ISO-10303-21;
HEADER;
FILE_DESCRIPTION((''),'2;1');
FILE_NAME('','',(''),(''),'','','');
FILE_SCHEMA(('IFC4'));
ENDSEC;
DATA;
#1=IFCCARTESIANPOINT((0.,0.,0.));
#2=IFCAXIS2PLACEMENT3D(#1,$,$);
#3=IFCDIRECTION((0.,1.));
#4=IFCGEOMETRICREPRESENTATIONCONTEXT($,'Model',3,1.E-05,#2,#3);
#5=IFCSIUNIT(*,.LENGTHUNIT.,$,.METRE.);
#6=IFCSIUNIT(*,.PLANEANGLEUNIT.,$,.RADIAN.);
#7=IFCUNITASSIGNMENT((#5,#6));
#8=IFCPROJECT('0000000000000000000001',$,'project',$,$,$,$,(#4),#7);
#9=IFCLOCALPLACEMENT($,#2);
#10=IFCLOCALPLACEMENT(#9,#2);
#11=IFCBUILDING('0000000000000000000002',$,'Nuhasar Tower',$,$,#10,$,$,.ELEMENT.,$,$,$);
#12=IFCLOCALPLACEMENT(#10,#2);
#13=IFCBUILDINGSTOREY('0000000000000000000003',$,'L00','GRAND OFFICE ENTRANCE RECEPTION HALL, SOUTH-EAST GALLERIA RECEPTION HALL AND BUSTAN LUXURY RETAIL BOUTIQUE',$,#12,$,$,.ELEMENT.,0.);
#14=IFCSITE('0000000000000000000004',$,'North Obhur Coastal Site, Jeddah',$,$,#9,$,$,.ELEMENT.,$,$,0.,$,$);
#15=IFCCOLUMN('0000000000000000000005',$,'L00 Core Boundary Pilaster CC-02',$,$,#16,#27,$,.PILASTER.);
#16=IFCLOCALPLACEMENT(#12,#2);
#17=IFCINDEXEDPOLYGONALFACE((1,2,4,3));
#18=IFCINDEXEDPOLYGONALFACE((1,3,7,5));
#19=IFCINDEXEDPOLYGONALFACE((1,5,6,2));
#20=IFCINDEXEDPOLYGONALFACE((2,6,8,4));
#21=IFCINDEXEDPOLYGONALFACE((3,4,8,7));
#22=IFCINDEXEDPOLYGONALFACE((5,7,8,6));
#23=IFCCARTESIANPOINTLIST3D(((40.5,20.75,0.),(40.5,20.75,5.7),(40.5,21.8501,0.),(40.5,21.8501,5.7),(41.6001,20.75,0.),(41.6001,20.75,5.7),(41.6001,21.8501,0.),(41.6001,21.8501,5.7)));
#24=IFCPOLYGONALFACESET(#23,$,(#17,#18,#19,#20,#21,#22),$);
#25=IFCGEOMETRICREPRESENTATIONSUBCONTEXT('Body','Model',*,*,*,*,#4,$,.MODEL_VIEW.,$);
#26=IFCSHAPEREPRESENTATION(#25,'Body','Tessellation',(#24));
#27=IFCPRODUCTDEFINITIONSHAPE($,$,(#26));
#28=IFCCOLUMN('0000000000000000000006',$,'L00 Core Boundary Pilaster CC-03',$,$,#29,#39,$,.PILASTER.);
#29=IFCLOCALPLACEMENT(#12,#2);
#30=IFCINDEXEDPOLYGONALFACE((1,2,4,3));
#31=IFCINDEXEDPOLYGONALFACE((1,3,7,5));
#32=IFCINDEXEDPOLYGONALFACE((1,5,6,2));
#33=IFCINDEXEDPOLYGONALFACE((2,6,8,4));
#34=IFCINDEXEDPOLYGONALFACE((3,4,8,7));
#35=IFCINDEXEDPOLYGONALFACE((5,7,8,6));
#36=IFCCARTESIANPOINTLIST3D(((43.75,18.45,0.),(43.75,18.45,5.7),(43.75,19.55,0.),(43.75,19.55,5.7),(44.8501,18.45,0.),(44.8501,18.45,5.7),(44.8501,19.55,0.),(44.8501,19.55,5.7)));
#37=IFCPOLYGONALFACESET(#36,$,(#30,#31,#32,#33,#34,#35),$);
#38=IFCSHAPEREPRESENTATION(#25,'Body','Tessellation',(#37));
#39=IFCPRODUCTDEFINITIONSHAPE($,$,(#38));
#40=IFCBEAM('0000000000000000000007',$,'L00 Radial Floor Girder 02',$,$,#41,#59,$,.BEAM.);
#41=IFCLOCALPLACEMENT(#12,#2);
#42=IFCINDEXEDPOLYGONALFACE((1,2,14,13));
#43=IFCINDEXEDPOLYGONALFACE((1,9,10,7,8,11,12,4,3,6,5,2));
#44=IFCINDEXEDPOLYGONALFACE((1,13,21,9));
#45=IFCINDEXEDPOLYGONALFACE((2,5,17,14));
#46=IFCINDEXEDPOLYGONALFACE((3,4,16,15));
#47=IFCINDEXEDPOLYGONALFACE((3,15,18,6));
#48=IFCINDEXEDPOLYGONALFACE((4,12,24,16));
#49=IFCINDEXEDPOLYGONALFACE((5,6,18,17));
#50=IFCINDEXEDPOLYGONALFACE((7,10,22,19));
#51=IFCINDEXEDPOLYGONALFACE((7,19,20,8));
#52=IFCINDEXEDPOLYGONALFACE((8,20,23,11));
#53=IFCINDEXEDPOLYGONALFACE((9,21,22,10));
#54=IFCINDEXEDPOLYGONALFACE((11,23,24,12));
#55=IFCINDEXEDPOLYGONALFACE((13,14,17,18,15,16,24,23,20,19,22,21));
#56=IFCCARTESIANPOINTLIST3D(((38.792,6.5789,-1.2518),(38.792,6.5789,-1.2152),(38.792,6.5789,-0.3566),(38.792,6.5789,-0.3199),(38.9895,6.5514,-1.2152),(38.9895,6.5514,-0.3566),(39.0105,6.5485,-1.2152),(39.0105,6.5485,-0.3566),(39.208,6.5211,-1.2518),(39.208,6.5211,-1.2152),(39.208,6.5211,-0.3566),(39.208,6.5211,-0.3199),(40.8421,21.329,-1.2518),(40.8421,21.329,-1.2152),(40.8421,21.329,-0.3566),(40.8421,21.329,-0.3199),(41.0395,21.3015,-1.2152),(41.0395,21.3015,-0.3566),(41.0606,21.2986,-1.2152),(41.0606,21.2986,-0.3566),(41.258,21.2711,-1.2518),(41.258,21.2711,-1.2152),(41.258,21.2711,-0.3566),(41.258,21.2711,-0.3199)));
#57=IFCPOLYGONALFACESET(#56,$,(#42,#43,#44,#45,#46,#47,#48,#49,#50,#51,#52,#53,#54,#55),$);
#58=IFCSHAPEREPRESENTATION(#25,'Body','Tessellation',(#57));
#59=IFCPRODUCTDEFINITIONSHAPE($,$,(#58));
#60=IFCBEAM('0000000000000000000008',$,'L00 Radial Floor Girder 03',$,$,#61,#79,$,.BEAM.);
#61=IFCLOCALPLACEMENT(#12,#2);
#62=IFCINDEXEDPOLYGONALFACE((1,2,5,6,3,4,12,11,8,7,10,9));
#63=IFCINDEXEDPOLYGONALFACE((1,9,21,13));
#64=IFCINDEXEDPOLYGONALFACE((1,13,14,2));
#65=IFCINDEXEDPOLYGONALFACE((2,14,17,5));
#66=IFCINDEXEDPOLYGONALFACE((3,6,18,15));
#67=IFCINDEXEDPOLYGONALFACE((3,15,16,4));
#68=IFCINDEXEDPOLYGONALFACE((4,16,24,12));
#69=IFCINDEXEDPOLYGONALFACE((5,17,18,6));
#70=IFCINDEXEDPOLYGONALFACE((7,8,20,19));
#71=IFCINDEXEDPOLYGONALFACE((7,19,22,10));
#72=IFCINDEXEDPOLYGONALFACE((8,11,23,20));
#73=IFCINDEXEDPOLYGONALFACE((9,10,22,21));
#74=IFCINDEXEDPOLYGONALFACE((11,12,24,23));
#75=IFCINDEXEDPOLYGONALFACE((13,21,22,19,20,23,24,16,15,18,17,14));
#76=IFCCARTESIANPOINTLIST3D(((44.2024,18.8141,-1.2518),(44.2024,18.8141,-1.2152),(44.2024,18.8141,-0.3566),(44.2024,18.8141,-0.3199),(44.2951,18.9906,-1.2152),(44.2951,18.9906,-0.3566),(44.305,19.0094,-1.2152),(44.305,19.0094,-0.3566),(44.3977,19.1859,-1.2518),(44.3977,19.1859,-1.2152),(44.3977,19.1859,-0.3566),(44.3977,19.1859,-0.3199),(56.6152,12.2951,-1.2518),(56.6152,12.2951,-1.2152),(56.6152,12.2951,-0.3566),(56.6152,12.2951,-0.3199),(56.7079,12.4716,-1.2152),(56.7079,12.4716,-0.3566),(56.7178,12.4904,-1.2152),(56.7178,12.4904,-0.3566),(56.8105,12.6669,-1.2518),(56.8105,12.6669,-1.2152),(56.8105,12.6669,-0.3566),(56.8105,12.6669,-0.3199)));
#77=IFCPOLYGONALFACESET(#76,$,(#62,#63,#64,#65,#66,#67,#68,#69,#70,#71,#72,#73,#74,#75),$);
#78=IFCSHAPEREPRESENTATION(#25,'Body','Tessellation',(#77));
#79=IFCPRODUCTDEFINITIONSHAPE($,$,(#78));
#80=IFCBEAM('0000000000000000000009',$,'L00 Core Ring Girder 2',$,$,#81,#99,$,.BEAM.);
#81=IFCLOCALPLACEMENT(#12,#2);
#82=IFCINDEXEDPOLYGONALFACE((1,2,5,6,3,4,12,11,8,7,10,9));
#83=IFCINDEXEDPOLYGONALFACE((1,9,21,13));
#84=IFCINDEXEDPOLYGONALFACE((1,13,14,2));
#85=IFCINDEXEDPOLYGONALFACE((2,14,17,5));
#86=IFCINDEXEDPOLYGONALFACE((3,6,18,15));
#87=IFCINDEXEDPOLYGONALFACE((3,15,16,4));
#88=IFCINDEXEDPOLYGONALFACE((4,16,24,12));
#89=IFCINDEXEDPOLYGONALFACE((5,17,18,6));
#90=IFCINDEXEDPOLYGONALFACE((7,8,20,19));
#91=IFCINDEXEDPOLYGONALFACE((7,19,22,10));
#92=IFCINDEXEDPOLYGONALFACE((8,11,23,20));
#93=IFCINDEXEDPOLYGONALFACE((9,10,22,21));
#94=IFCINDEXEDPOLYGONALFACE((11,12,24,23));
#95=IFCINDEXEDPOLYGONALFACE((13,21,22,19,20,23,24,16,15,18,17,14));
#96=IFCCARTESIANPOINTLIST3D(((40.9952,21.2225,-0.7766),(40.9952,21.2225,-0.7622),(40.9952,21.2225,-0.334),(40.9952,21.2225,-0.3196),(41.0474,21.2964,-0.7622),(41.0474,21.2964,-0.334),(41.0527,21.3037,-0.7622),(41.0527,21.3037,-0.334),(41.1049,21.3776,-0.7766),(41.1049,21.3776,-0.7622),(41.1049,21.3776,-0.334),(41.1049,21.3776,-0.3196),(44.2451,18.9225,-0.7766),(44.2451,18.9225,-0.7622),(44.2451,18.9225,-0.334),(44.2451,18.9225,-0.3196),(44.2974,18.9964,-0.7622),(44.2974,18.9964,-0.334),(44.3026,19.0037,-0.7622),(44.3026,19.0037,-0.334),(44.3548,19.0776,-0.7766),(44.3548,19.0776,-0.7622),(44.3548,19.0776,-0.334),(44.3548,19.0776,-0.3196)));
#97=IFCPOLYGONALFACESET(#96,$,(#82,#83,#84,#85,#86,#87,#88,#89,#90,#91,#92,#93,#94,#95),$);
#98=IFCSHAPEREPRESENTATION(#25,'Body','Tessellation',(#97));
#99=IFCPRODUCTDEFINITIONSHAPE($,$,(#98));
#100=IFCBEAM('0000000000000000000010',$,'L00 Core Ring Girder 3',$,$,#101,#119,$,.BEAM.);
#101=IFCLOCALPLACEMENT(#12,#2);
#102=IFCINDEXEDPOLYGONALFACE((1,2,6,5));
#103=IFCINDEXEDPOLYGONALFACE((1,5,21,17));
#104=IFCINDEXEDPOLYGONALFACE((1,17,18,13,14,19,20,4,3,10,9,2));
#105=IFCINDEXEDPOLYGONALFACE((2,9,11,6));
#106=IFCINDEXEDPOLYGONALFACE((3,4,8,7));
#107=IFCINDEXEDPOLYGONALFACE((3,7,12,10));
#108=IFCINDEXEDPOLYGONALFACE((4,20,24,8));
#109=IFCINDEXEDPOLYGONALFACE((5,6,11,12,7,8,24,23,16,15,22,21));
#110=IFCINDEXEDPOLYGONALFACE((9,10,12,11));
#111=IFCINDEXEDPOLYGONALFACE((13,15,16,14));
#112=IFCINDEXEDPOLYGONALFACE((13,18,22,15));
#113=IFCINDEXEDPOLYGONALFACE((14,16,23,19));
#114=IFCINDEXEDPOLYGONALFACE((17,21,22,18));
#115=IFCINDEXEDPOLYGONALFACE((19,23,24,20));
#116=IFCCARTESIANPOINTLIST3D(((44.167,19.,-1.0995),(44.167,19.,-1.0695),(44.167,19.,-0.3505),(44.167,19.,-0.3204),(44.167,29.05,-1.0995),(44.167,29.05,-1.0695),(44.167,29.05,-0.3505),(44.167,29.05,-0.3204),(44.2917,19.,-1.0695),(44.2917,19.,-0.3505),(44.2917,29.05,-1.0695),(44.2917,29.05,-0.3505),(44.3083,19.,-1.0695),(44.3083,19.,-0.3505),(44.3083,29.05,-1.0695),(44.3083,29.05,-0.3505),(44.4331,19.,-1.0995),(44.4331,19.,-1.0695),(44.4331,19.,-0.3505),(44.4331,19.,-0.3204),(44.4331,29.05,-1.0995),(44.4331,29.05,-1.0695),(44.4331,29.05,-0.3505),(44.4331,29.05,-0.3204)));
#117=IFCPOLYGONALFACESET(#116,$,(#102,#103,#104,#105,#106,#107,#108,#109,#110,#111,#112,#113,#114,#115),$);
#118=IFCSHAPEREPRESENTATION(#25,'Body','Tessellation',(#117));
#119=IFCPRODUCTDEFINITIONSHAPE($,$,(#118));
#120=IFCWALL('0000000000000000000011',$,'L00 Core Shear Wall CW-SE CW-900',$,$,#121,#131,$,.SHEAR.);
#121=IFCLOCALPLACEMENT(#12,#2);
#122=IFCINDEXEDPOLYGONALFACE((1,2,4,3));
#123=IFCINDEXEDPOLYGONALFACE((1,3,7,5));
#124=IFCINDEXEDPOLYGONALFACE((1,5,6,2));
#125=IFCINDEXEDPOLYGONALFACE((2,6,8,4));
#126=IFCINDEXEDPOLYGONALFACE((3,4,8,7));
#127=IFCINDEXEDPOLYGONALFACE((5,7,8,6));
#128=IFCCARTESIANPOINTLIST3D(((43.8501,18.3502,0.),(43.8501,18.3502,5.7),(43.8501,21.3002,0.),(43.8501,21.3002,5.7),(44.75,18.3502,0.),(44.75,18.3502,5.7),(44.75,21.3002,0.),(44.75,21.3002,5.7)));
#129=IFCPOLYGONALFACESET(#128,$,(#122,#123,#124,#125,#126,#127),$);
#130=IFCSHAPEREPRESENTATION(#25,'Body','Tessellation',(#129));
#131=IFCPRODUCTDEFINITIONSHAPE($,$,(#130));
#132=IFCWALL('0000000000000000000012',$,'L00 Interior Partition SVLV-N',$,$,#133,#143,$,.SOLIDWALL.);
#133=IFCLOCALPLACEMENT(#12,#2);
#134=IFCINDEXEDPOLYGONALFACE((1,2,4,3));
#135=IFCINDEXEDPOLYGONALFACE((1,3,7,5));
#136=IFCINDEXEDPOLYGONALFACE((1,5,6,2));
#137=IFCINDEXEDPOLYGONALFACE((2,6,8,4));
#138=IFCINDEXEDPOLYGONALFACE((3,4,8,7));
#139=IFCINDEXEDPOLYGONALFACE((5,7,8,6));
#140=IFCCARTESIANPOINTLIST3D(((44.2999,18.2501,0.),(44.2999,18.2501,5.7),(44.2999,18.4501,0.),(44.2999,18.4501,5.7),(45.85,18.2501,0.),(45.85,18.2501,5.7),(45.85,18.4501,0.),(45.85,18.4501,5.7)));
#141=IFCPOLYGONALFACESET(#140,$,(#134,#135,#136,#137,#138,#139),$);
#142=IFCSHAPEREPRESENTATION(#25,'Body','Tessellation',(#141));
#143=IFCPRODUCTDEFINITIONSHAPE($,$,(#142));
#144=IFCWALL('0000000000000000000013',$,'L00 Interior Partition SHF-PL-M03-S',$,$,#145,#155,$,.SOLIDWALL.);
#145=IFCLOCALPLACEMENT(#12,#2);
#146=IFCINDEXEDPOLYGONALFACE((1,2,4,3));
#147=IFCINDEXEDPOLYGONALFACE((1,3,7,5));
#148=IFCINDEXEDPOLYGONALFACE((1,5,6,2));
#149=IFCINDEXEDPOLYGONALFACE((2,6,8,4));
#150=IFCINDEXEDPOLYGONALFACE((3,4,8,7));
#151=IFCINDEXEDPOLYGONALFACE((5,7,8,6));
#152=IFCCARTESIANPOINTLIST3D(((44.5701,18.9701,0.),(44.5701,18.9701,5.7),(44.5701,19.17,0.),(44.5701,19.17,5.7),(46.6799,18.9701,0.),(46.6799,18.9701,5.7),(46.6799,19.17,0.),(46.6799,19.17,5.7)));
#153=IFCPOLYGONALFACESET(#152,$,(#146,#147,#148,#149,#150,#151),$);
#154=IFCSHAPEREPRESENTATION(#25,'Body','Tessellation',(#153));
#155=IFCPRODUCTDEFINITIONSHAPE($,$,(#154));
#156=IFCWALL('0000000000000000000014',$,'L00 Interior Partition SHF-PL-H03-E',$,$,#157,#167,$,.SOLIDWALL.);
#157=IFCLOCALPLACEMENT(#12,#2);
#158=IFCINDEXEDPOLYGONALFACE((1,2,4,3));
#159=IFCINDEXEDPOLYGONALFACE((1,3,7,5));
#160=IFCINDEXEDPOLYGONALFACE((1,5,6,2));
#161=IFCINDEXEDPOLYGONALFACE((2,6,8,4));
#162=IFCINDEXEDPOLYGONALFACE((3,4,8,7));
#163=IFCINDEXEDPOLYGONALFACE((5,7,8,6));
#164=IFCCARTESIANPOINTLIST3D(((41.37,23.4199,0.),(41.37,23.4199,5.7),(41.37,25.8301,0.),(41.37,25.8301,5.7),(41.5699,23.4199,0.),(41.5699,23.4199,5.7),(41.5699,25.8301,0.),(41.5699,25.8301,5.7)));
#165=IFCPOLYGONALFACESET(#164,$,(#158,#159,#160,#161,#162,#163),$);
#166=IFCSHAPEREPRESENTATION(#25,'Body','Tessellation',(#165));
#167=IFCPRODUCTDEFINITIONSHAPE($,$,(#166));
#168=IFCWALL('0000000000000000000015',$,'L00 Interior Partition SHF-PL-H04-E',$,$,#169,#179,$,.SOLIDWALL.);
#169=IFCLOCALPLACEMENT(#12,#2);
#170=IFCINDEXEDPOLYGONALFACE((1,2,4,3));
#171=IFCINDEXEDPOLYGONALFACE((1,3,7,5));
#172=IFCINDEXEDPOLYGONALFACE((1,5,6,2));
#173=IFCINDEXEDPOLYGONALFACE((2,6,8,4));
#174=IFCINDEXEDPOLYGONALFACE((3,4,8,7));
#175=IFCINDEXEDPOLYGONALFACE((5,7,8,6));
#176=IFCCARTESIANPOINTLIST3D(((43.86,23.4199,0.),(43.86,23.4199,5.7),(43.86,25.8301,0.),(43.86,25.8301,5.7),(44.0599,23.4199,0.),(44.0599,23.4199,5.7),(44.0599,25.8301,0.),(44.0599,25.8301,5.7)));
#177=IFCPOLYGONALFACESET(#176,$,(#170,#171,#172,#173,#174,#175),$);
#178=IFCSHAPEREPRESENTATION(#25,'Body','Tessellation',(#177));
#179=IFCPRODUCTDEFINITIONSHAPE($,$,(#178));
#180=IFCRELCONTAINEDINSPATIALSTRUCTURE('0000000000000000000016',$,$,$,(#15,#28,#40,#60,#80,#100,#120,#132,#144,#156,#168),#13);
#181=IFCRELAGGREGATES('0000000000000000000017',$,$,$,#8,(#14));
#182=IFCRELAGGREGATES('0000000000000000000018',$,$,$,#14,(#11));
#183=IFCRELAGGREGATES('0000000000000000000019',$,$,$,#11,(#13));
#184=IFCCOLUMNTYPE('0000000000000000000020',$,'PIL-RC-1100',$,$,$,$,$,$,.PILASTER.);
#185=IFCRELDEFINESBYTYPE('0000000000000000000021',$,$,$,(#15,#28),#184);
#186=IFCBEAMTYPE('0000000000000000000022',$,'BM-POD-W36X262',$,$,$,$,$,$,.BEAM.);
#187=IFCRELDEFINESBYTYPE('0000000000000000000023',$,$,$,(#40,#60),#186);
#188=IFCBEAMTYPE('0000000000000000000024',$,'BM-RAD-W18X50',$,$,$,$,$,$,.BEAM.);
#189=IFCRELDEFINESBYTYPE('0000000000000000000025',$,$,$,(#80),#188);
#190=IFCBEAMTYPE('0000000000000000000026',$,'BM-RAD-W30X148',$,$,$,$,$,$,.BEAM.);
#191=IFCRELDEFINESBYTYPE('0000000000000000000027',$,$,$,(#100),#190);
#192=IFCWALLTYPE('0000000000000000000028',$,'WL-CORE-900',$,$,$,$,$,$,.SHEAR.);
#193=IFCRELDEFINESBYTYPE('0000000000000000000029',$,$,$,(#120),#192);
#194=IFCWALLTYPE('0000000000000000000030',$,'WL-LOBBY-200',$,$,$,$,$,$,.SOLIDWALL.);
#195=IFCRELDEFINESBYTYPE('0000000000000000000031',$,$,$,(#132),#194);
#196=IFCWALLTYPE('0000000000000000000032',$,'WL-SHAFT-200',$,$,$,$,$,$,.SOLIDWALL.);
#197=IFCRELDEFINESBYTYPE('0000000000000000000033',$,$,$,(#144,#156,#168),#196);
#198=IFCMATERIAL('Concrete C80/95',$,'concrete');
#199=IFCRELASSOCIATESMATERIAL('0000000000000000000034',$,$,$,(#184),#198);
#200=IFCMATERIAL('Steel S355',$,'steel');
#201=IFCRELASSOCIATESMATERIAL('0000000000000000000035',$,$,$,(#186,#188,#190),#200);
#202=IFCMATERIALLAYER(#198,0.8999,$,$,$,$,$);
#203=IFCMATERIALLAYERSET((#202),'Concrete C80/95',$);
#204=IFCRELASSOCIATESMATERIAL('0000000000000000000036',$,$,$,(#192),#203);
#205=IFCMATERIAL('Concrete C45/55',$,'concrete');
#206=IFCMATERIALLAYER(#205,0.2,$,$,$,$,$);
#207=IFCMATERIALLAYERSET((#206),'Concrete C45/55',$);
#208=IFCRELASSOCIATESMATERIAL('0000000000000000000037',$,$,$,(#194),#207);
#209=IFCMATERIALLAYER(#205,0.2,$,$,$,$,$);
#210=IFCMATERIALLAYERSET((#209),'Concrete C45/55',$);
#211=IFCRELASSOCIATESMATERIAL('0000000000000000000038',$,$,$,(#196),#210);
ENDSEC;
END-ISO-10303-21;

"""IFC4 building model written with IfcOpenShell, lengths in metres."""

from ifc_helpers import new_model, si_unit, direction, frame, frame_2d, origin, origin_2d, place, context, subcontext, project, spatial, rectangle, i_section, extrude, material, layer, layer_set, material_profile, profile_set, type_object, element, save


model = new_model("IFC4")

# Units and contexts
model_context = context("Model", 3, precision=1e-05, world=origin(), true_north=direction((0.0, 1.0)))
body_context = subcontext(model_context, "Body", "Model", "MODEL_VIEW")
ifc_project = project(units=[si_unit("LENGTHUNIT", "METRE"), si_unit("PLANEANGLEUNIT", "RADIAN")], contexts=[model_context])

# Site, building, storey
site_placement = place(None, origin())
site = spatial("IfcSite", under=ifc_project, at=site_placement, Name="North Obhur Coastal Site, Jeddah", CompositionType="ELEMENT", RefElevation=0.0)
building_placement = place(site_placement, origin())
building = spatial("IfcBuilding", under=site, at=building_placement, Name="Nuhasar Tower", CompositionType="ELEMENT")
storey_placement = place(building_placement, origin())
storey = spatial("IfcBuildingStorey", under=building, at=storey_placement, Name="L00", Description="GRAND OFFICE ENTRANCE RECEPTION HALL, SOUTH-EAST GALLERIA RECEPTION HALL AND BUSTAN LUXURY RETAIL BOUTIQUE", CompositionType="ELEMENT", Elevation=0.0)

# Columns
ifc_material_1 = material(Name="Concrete C80/95", Category="concrete")
ifc_material_profile_1 = material_profile(ifc_material_1, rectangle(XDim=1.1001, YDim=1.1001, at=origin_2d()), Name="RC1100X1100")
ifc_profile_set_1 = profile_set([ifc_material_profile_1], Name="Concrete C80/95")
column_type = type_object("IfcColumnType", Name="PIL-RC-1100", PredefinedType="PILASTER", material=ifc_profile_set_1)
for number, where, z_axis, x_axis, name in (
    (1, (41.05, 21.3, 0.0), (0.0, 0.0, 1.0), (1.0, 0.0, 0.0), "L00 Core Boundary Pilaster CC-02"),
    (2, (44.3, 19.0, 0.0), (0.0, 0.0, 1.0), (1.0, 0.0, 0.0), "L00 Core Boundary Pilaster CC-03"),
):
    element("IfcColumn", number, at=place(storey_placement, frame(where, z_axis=z_axis, x_axis=x_axis)), inside=storey, type_object=column_type, Name=name, PredefinedType="PILASTER", context=body_context, shape_type="SweptSolid", body=[
        extrude(rectangle(XDim=1.1001, YDim=1.1001, at=origin_2d()), origin(), (0.0, 0.0, 1.0), 5.7),
    ])

# Beams
ifc_material_2 = material(Name="Steel S355", Category="steel")
ifc_material_profile_2 = material_profile(ifc_material_2, i_section(OverallWidth=0.4199, OverallDepth=0.9319, WebThickness=0.0212, FlangeThickness=0.0366, at=origin_2d()), Name="W36X262")
ifc_profile_set_2 = profile_set([ifc_material_profile_2], Name="Steel S355")
beam_type_1 = type_object("IfcBeamType", Name="BM-POD-W36X262", PredefinedType="BEAM", material=ifc_profile_set_2)
beam_1_placement = place(storey_placement, frame((41.05, 21.3, -0.7859), z_axis=(-0.137663, -0.990479, 0.0), x_axis=(0.990479, -0.137663, 0.0)))
element("IfcBeam", 3, at=beam_1_placement, inside=storey, type_object=beam_type_1, Name="L00 Radial Floor Girder 02", PredefinedType="BEAM", context=body_context, shape_type="SweptSolid", body=[
    extrude(i_section(OverallWidth=0.4199, OverallDepth=0.9319, WebThickness=0.0212, FlangeThickness=0.0366, at=origin_2d()), origin(), (0.0, 0.0, 1.0), 14.8918),
])
beam_2_placement = place(storey_placement, frame((44.3, 19.0, -0.7859), z_axis=(0.88533, -0.464963, 0.0), x_axis=(0.464963, 0.88533, 0.0)))
element("IfcBeam", 4, at=beam_2_placement, inside=storey, type_object=beam_type_1, Name="L00 Radial Floor Girder 03", PredefinedType="BEAM", context=body_context, shape_type="SweptSolid", body=[
    extrude(i_section(OverallWidth=0.4199, OverallDepth=0.9319, WebThickness=0.0212, FlangeThickness=0.0366, at=origin_2d()), origin(), (0.0, 0.0, 1.0), 14.0205),
])
ifc_material_profile_3 = material_profile(ifc_material_2, i_section(OverallWidth=0.1899, OverallDepth=0.457, WebThickness=0.009, FlangeThickness=0.0144, at=origin_2d()), Name="W18X50")
ifc_profile_set_3 = profile_set([ifc_material_profile_3], Name="Steel S355")
beam_type_2 = type_object("IfcBeamType", Name="BM-RAD-W18X50", PredefinedType="BEAM", material=ifc_profile_set_3)
beam_3_placement = place(storey_placement, frame((41.05, 21.3, -0.5481), z_axis=(0.816265, -0.577677, 0.0), x_axis=(0.577677, 0.816265, 0.0)))
element("IfcBeam", 5, at=beam_3_placement, inside=storey, type_object=beam_type_2, Name="L00 Core Ring Girder 2", PredefinedType="BEAM", context=body_context, shape_type="SweptSolid", body=[
    extrude(i_section(OverallWidth=0.1899, OverallDepth=0.457, WebThickness=0.009, FlangeThickness=0.0144, at=origin_2d()), origin(), (0.0, 0.0, 1.0), 3.9814),
])
ifc_material_profile_4 = material_profile(ifc_material_2, i_section(OverallWidth=0.2661, OverallDepth=0.7791, WebThickness=0.0166, FlangeThickness=0.03, at=origin_2d()), Name="W30X148")
ifc_profile_set_4 = profile_set([ifc_material_profile_4], Name="Steel S355")
beam_type_3 = type_object("IfcBeamType", Name="BM-RAD-W30X148", PredefinedType="BEAM", material=ifc_profile_set_4)
beam_4_placement = place(storey_placement, frame((44.3, 19.0, -0.71), z_axis=(0.0, 1.0, 0.0), x_axis=(-1.0, 0.0, 0.0)))
element("IfcBeam", 6, at=beam_4_placement, inside=storey, type_object=beam_type_3, Name="L00 Core Ring Girder 3", PredefinedType="BEAM", context=body_context, shape_type="SweptSolid", body=[
    extrude(i_section(OverallWidth=0.2661, OverallDepth=0.7791, WebThickness=0.0166, FlangeThickness=0.03, at=origin_2d()), origin(), (0.0, 0.0, 1.0), 10.05),
])

# Wall
ifc_layer_1 = layer(ifc_material_1, 0.8999)
ifc_layer_set_1 = layer_set([ifc_layer_1], Name="Concrete C80/95")
wall_type_1 = type_object("IfcWallType", Name="WL-CORE-900", PredefinedType="SHEAR", material=ifc_layer_set_1)
wall_1_placement = place(storey_placement, frame((44.3, 18.3501, 0.0), z_axis=(0.0, 0.0, 1.0), x_axis=(0.0, 1.0, 0.0)))
element("IfcWall", 7, at=wall_1_placement, inside=storey, type_object=wall_type_1, Name="L00 Core Shear Wall CW-SE CW-900", PredefinedType="SHEAR", context=body_context, shape_type="SweptSolid", body=[
    extrude(rectangle(XDim=2.95, YDim=0.8999, at=frame_2d((1.4751, 0.0))), origin(), (0.0, 0.0, 1.0), 5.7),
])

# Shared definitions
ifc_material_3 = material(Name="Concrete C45/55", Category="concrete")
ifc_layer_2 = layer(ifc_material_3, 0.2)
ifc_layer_set_2 = layer_set([ifc_layer_2], Name="Concrete C45/55")
wall_type_2 = type_object("IfcWallType", Name="WL-LOBBY-200", PredefinedType="SOLIDWALL", material=ifc_layer_set_2)

# Walls
wall_2_placement = place(storey_placement, frame((44.3, 18.3501, 0.0), z_axis=(0.0, 0.0, 1.0), x_axis=(1.0, 0.0, 0.0)))
element("IfcWall", 8, at=wall_2_placement, inside=storey, type_object=wall_type_2, Name="L00 Interior Partition SVLV-N", PredefinedType="SOLIDWALL", context=body_context, shape_type="SweptSolid", body=[
    extrude(rectangle(XDim=1.55, YDim=0.2, at=frame_2d((0.7749, 0.0))), origin(), (0.0, 0.0, 1.0), 5.7),
])
ifc_layer_3 = layer(ifc_material_3, 0.2)
ifc_layer_set_3 = layer_set([ifc_layer_3], Name="Concrete C45/55")
wall_type_3 = type_object("IfcWallType", Name="WL-SHAFT-200", PredefinedType="SOLIDWALL", material=ifc_layer_set_3)
wall_3_placement = place(storey_placement, frame((44.5701, 19.0701, 0.0), z_axis=(0.0, 0.0, 1.0), x_axis=(1.0, 0.0, 0.0)))
element("IfcWall", 9, at=wall_3_placement, inside=storey, type_object=wall_type_3, Name="L00 Interior Partition SHF-PL-M03-S", PredefinedType="SOLIDWALL", context=body_context, shape_type="SweptSolid", body=[
    extrude(rectangle(XDim=2.1099, YDim=0.2, at=frame_2d((1.0549, 0.0))), origin(), (0.0, 0.0, 1.0), 5.7),
])
wall_4_placement = place(storey_placement, frame((41.47, 23.4199, 0.0), z_axis=(0.0, 0.0, 1.0), x_axis=(0.0, 1.0, 0.0)))
element("IfcWall", 10, at=wall_4_placement, inside=storey, type_object=wall_type_3, Name="L00 Interior Partition SHF-PL-H03-E", PredefinedType="SOLIDWALL", context=body_context, shape_type="SweptSolid", body=[
    extrude(rectangle(XDim=2.4102, YDim=0.2, at=frame_2d((1.2051, 0.0))), origin(), (0.0, 0.0, 1.0), 5.7),
])

# Wall
wall_5_placement = place(storey_placement, frame((43.96, 23.4199, 0.0), z_axis=(0.0, 0.0, 1.0), x_axis=(0.0, 1.0, 0.0)))
element("IfcWall", 11, at=wall_5_placement, inside=storey, type_object=wall_type_3, Name="L00 Interior Partition SHF-PL-H04-E", PredefinedType="SOLIDWALL", context=body_context, shape_type="SweptSolid", body=[
    extrude(rectangle(XDim=2.4102, YDim=0.2, at=frame_2d((1.2051, 0.0))), origin(), (0.0, 0.0, 1.0), 5.7),
])

save(model, "model.ifc")
